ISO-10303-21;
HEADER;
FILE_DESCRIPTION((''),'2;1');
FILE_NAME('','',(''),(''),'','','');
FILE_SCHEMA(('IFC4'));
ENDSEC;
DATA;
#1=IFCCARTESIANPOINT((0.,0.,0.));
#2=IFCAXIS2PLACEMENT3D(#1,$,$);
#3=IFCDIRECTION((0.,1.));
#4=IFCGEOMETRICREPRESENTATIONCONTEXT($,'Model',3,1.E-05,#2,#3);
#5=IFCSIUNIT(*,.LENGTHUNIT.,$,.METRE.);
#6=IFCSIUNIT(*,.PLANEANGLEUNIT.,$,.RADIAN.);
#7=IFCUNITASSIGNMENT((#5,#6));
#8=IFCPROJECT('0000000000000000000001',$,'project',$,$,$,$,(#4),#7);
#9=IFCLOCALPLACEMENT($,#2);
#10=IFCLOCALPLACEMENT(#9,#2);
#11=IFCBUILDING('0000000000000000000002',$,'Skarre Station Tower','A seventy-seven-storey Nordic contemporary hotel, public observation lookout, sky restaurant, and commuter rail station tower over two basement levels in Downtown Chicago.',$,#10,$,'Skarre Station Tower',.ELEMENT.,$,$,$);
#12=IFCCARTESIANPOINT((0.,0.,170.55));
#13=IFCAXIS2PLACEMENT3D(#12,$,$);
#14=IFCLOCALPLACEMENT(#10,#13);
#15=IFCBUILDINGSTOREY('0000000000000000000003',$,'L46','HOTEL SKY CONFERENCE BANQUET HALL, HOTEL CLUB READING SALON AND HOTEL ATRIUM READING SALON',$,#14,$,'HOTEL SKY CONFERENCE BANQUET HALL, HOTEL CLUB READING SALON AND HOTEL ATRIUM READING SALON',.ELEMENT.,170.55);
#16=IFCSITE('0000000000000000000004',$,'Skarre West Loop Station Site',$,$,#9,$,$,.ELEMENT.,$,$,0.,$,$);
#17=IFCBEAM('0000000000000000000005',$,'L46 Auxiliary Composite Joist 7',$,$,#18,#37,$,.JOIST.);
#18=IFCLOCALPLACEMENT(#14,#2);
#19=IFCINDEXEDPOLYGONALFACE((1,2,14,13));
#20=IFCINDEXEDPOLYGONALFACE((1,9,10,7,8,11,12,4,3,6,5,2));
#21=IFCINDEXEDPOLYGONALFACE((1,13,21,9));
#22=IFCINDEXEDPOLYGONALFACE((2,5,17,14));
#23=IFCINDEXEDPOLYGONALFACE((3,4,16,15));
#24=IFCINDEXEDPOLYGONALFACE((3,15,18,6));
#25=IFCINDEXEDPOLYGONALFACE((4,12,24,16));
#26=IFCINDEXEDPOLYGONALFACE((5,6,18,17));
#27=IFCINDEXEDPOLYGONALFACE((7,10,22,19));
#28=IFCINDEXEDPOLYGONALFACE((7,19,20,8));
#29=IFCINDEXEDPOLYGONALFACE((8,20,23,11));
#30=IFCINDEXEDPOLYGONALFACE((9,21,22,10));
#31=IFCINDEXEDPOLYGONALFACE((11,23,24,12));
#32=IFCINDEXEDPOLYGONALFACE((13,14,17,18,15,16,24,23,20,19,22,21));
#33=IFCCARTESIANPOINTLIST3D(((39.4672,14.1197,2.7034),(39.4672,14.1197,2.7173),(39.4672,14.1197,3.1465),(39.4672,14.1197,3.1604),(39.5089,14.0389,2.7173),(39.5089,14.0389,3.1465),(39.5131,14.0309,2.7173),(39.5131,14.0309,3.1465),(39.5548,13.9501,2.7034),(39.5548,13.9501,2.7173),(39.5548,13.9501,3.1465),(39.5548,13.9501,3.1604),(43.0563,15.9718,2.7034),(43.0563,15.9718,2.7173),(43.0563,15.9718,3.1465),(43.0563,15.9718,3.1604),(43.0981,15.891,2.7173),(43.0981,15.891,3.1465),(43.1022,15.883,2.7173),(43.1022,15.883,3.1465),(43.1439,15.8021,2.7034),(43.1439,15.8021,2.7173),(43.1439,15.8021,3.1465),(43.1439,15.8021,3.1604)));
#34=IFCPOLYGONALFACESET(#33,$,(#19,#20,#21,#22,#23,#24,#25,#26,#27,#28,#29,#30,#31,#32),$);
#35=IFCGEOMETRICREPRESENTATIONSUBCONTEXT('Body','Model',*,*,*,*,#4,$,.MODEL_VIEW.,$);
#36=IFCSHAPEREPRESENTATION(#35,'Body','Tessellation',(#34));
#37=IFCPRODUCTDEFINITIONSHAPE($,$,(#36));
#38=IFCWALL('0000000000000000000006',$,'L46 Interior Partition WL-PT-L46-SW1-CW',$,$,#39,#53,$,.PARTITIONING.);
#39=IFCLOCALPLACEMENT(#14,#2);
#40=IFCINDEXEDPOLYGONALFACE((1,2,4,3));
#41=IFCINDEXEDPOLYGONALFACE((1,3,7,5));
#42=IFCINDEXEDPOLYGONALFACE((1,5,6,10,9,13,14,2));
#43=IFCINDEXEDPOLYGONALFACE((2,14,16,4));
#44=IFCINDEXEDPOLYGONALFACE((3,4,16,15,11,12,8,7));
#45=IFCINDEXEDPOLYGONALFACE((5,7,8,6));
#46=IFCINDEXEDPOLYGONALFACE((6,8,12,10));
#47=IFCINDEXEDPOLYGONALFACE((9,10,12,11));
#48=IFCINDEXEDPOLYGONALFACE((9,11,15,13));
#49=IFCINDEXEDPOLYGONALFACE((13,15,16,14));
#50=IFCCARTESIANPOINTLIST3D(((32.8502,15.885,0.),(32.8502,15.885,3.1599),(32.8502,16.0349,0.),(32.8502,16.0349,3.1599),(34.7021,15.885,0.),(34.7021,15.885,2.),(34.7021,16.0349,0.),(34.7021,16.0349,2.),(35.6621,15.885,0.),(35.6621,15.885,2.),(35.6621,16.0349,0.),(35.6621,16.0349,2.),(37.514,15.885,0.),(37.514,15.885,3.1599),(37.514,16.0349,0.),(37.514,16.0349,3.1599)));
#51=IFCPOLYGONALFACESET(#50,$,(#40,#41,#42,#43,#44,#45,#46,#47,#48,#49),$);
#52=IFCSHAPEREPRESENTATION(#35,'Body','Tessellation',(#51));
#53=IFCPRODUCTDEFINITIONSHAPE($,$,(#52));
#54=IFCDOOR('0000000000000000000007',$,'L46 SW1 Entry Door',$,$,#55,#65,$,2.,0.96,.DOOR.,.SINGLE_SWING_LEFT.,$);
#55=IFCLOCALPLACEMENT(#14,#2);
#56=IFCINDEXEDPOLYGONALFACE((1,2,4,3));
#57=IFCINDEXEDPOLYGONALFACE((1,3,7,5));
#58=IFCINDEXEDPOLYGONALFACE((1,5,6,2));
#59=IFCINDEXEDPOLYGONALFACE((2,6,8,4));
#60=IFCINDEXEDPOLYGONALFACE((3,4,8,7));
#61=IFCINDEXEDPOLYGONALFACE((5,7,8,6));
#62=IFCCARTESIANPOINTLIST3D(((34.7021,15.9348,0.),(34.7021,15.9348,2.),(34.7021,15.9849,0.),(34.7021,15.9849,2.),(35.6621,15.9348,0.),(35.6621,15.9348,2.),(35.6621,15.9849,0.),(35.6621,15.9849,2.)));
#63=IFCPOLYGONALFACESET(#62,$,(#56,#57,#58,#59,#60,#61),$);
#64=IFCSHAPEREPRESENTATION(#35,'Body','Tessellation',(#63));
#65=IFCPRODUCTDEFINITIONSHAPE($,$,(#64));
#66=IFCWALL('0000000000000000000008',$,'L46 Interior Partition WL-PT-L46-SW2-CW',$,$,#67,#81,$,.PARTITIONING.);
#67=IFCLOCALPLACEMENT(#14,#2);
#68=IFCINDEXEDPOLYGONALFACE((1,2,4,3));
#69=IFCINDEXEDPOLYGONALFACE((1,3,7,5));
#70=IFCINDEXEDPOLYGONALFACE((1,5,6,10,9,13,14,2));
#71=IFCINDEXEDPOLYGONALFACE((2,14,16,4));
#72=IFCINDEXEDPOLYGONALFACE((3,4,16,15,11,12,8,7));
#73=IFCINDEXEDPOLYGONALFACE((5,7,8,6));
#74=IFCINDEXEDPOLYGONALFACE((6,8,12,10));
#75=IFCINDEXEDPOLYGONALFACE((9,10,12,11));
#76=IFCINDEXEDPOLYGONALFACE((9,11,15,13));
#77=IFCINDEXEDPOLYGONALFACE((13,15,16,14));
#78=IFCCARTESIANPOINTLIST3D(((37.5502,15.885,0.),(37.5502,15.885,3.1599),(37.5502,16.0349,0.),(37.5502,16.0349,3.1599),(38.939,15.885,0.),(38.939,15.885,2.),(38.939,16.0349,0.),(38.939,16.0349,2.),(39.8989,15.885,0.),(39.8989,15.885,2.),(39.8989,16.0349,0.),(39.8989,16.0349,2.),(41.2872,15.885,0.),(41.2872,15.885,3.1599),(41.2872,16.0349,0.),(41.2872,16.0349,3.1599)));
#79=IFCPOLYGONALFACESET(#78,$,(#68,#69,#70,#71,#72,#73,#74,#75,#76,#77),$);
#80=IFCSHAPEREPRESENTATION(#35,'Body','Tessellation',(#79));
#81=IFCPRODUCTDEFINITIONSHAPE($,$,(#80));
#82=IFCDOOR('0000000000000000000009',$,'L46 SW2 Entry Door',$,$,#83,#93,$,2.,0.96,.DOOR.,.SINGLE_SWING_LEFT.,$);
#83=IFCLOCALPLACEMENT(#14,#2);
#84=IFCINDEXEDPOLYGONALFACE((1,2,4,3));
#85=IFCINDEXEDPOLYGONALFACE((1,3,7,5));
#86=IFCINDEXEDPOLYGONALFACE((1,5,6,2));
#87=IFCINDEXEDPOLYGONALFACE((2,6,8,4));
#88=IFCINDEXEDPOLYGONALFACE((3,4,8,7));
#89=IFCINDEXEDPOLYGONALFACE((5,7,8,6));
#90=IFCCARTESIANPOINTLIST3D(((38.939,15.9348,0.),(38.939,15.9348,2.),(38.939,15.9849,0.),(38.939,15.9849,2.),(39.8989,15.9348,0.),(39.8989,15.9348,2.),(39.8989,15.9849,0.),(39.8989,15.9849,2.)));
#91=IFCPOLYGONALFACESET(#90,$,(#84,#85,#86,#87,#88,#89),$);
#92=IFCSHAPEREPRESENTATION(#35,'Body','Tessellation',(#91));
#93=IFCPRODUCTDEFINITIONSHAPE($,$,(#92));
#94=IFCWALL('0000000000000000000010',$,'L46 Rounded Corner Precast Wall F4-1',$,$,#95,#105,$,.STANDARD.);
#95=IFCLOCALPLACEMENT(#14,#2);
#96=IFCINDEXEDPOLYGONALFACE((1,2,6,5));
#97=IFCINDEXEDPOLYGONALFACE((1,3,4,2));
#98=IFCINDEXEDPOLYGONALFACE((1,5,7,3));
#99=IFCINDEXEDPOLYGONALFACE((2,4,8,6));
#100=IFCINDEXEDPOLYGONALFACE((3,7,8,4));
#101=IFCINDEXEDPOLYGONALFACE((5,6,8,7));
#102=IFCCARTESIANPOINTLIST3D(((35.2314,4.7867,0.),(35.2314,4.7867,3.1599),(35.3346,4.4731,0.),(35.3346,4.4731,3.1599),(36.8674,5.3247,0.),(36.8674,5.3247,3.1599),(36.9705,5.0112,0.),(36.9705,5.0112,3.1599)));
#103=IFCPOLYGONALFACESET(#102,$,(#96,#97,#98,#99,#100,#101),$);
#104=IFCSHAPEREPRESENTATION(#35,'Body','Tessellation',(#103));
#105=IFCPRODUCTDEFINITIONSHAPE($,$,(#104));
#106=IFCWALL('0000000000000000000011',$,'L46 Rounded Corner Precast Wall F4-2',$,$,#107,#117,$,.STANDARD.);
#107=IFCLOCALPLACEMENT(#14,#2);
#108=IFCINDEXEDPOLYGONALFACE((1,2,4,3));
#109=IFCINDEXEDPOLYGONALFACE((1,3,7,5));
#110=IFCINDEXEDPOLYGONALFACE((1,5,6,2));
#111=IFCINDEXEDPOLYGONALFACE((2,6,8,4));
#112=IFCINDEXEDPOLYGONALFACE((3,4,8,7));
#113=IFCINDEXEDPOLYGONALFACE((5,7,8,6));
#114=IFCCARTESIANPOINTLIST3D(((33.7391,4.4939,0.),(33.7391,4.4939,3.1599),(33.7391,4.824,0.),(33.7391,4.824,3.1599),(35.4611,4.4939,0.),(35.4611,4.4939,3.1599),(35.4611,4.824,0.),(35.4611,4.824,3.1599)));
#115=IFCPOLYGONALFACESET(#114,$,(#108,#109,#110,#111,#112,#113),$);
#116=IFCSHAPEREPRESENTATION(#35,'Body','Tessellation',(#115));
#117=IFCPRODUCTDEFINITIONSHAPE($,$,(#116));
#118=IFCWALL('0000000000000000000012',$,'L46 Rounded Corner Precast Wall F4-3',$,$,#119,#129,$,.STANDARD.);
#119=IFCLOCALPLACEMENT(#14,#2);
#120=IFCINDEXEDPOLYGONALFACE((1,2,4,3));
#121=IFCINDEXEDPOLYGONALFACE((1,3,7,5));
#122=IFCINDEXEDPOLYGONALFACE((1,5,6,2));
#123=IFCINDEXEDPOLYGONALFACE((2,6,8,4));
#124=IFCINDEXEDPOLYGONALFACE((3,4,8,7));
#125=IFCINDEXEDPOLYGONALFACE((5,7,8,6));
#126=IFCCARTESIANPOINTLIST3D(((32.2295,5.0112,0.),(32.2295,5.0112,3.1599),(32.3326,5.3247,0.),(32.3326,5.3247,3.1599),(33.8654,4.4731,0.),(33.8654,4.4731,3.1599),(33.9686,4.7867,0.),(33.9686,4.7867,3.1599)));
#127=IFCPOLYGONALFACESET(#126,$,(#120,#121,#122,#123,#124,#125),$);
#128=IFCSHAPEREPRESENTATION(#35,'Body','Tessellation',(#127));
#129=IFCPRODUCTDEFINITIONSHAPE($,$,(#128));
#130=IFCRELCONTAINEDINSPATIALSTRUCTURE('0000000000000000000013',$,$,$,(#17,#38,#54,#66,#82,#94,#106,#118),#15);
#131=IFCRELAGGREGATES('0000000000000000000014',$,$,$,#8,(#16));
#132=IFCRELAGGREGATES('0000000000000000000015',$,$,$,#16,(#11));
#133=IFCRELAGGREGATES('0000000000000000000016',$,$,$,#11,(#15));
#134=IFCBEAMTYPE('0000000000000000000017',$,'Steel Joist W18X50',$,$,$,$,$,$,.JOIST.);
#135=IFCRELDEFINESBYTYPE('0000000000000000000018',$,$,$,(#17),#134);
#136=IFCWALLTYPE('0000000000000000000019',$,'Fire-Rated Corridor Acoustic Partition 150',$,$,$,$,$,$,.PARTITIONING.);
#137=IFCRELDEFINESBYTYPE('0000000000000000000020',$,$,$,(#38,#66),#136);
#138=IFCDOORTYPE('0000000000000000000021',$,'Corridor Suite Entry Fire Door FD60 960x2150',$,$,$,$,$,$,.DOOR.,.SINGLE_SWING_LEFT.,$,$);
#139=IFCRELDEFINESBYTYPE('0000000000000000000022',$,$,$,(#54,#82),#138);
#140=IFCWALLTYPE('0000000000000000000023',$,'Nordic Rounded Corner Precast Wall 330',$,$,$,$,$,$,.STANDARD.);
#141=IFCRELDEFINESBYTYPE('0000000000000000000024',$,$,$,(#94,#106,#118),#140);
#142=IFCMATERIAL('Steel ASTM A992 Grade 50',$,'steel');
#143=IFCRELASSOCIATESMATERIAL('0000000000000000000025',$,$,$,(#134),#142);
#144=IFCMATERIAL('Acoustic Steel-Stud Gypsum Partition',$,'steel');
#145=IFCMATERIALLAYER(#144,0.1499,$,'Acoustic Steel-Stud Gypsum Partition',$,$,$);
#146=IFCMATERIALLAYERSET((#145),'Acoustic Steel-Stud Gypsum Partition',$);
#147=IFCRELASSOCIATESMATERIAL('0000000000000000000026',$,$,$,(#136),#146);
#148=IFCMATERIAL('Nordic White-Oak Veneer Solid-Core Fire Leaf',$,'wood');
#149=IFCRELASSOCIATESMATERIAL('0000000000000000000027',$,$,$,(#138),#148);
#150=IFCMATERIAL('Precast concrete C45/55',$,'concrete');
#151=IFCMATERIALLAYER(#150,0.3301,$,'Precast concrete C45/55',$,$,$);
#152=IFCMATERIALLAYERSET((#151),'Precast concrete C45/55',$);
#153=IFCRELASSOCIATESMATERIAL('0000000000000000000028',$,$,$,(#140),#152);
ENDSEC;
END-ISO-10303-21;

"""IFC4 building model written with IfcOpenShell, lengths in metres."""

from ifc_helpers import new_model, si_unit, direction, frame, frame_2d, origin, origin_2d, place, context, subcontext, project, spatial, rectangle, i_section, extrude, material, layer, layer_set, material_profile, profile_set, type_object, element, fill, save


model = new_model("IFC4")

# Units and contexts
model_context = context("Model", 3, precision=1e-05, world=origin(), true_north=direction((0.0, 1.0)))
body_context = subcontext(model_context, "Body", "Model", "MODEL_VIEW")
ifc_project = project(units=[si_unit("LENGTHUNIT", "METRE"), si_unit("PLANEANGLEUNIT", "RADIAN")], contexts=[model_context])

# Site, building, storey
site_placement = place(None, origin())
site = spatial("IfcSite", under=ifc_project, at=site_placement, Name="Skarre West Loop Station Site", CompositionType="ELEMENT", RefElevation=0.0)
building_placement = place(site_placement, origin())
building = spatial("IfcBuilding", under=site, at=building_placement, Name="Skarre Station Tower", Description="A seventy-seven-storey Nordic contemporary hotel, public observation lookout, sky restaurant, and commuter rail station tower over two basement levels in Downtown Chicago.", LongName="Skarre Station Tower", CompositionType="ELEMENT")
storey_placement = place(building_placement, frame((0.0, 0.0, 170.55)))
storey = spatial("IfcBuildingStorey", under=building, at=storey_placement, Name="L46", Description="HOTEL SKY CONFERENCE BANQUET HALL, HOTEL CLUB READING SALON AND HOTEL ATRIUM READING SALON", LongName="HOTEL SKY CONFERENCE BANQUET HALL, HOTEL CLUB READING SALON AND HOTEL ATRIUM READING SALON", CompositionType="ELEMENT", Elevation=170.55)

# Beam
ifc_material_1 = material(Name="Steel ASTM A992 Grade 50", Category="steel")
ifc_material_profile = material_profile(ifc_material_1, i_section(OverallWidth=0.1909, OverallDepth=0.457, WebThickness=0.009, FlangeThickness=0.0139, at=origin_2d()), Name="Steel ASTM A992 Grade 50")
ifc_profile_set = profile_set([ifc_material_profile], Name="Steel ASTM A992 Grade 50")
beam_type = type_object("IfcBeamType", Name="Steel Joist W18X50", PredefinedType="JOIST", material=ifc_profile_set)
beam_placement = place(storey_placement, frame((39.511, 14.0349, 2.9319), z_axis=(0.88866, 0.458566, 0.0), x_axis=(-0.458566, 0.88866, 0.0)))
element("IfcBeam", 1, at=beam_placement, inside=storey, type_object=beam_type, Name="L46 Auxiliary Composite Joist 7", PredefinedType="JOIST", context=body_context, shape_type="SweptSolid", body=[
    extrude(i_section(OverallWidth=0.1909, OverallDepth=0.457, WebThickness=0.009, FlangeThickness=0.0139, at=origin_2d()), origin(), (0.0, 0.0, 1.0), 4.0388),
])

# Walls, openings, doors
ifc_material_2 = material(Name="Acoustic Steel-Stud Gypsum Partition", Category="steel")
ifc_layer_1 = layer(ifc_material_2, 0.1499, Name="Acoustic Steel-Stud Gypsum Partition")
ifc_layer_set_1 = layer_set([ifc_layer_1], Name="Acoustic Steel-Stud Gypsum Partition")
wall_type_1 = type_object("IfcWallType", Name="Fire-Rated Corridor Acoustic Partition 150", PredefinedType="PARTITIONING", material=ifc_layer_set_1)
wall_1_placement = place(storey_placement, frame((32.8501, 15.96, 0.0), z_axis=(0.0, 0.0, 1.0), x_axis=(1.0, 0.0, 0.0)))
wall_1 = element("IfcWall", 2, at=wall_1_placement, inside=storey, type_object=wall_type_1, Name="L46 Interior Partition WL-PT-L46-SW1-CW", PredefinedType="PARTITIONING", context=body_context, shape_type="SweptSolid", body=[
    extrude(rectangle(XDim=4.6638, YDim=0.1499, at=frame_2d((2.332, 0.0))), origin(), (0.0, 0.0, 1.0), 3.1599),
])
opening_1_placement = place(wall_1_placement, frame((1.8521, 0.0, 0.0)))
opening_1 = element("IfcOpeningElement", 3, at=opening_1_placement, cuts=wall_1, PredefinedType="OPENING", context=body_context, shape_type="SweptSolid", body=[
    extrude(rectangle(XDim=0.96, YDim=2.0, at=frame_2d((0.48, 1.0))), frame((0.0, 0.085, 0.0), z_axis=(0.0, -1.0, 0.0), x_axis=(1.0, 0.0, 0.0)), (0.0, 0.0, 1.0), 0.1699),
])
ifc_material_3 = material(Name="Nordic White-Oak Veneer Solid-Core Fire Leaf", Category="wood")
door_type_1 = type_object("IfcDoorType", Name="Corridor Suite Entry Fire Door FD60 960x2150", OperationType="SINGLE_SWING_LEFT", PredefinedType="DOOR", material=ifc_material_3)
door_1_placement = place(opening_1_placement, origin())
door_1 = element("IfcDoor", 4, at=door_1_placement, inside=storey, type_object=door_type_1, Name="L46 SW1 Entry Door", OperationType="SINGLE_SWING_LEFT", OverallHeight=2.0, OverallWidth=0.96, PredefinedType="DOOR", context=body_context, shape_type="SweptSolid", body=[
    extrude(rectangle(XDim=0.96, YDim=2.0, at=frame_2d((0.48, 1.0))), frame((0.0, 0.0249, 0.0), z_axis=(0.0, -1.0, 0.0), x_axis=(1.0, 0.0, 0.0)), (0.0, 0.0, 1.0), 0.05),
])
fill(opening_1, door_1)
wall_2_placement = place(storey_placement, frame((37.55, 15.96, 0.0), z_axis=(0.0, 0.0, 1.0), x_axis=(1.0, 0.0, 0.0)))
wall_2 = element("IfcWall", 5, at=wall_2_placement, inside=storey, type_object=wall_type_1, Name="L46 Interior Partition WL-PT-L46-SW2-CW", PredefinedType="PARTITIONING", context=body_context, shape_type="SweptSolid", body=[
    extrude(rectangle(XDim=3.7371, YDim=0.1499, at=frame_2d((1.8687, 0.0))), origin(), (0.0, 0.0, 1.0), 3.1599),
])
opening_2_placement = place(wall_2_placement, frame((1.3889, 0.0, 0.0)))
opening_2 = element("IfcOpeningElement", 6, at=opening_2_placement, cuts=wall_2, PredefinedType="OPENING", context=body_context, shape_type="SweptSolid", body=[
    extrude(rectangle(XDim=0.96, YDim=2.0, at=frame_2d((0.48, 1.0))), frame((0.0, 0.085, 0.0), z_axis=(0.0, -1.0, 0.0), x_axis=(1.0, 0.0, 0.0)), (0.0, 0.0, 1.0), 0.1699),
])
door_2_placement = place(opening_2_placement, origin())
door_2 = element("IfcDoor", 7, at=door_2_placement, inside=storey, type_object=door_type_1, Name="L46 SW2 Entry Door", OperationType="SINGLE_SWING_LEFT", OverallHeight=2.0, OverallWidth=0.96, PredefinedType="DOOR", context=body_context, shape_type="SweptSolid", body=[
    extrude(rectangle(XDim=0.96, YDim=2.0, at=frame_2d((0.48, 1.0))), frame((0.0, 0.0249, 0.0), z_axis=(0.0, -1.0, 0.0), x_axis=(1.0, 0.0, 0.0)), (0.0, 0.0, 1.0), 0.05),
])
fill(opening_2, door_2)

# Walls
ifc_material_4 = material(Name="Precast concrete C45/55", Category="concrete")
ifc_layer_2 = layer(ifc_material_4, 0.3301, Name="Precast concrete C45/55")
ifc_layer_set_2 = layer_set([ifc_layer_2], Name="Precast concrete C45/55")
wall_type_2 = type_object("IfcWallType", Name="Nordic Rounded Corner Precast Wall 330", PredefinedType="STANDARD", material=ifc_layer_set_2)
wall_3_placement = place(storey_placement, frame((36.9189, 5.168, 0.0), z_axis=(0.0, 0.0, 1.0), x_axis=(-0.949937, -0.31244, 0.0)))
element("IfcWall", 8, at=wall_3_placement, inside=storey, type_object=wall_type_2, Name="L46 Rounded Corner Precast Wall F4-1", PredefinedType="STANDARD", context=body_context, shape_type="SweptSolid", body=[
    extrude(rectangle(XDim=1.7222, YDim=0.3301, at=frame_2d((0.8611, 0.0))), origin(), (0.0, 0.0, 1.0), 3.1599),
])
wall_4_placement = place(storey_placement, frame((35.4609, 4.6589, 0.0), z_axis=(0.0, 0.0, 1.0), x_axis=(-1.0, 0.0, 0.0)))
element("IfcWall", 9, at=wall_4_placement, inside=storey, type_object=wall_type_2, Name="L46 Rounded Corner Precast Wall F4-2", PredefinedType="STANDARD", context=body_context, shape_type="SweptSolid", body=[
    extrude(rectangle(XDim=1.7219, YDim=0.3301, at=frame_2d((0.8608, 0.0))), origin(), (0.0, 0.0, 1.0), 3.1599),
])
wall_5_placement = place(storey_placement, frame((33.917, 4.6299, 0.0), z_axis=(0.0, 0.0, 1.0), x_axis=(-0.949937, 0.31244, 0.0)))
element("IfcWall", 10, at=wall_5_placement, inside=storey, type_object=wall_type_2, Name="L46 Rounded Corner Precast Wall F4-3", PredefinedType="STANDARD", context=body_context, shape_type="SweptSolid", body=[
    extrude(rectangle(XDim=1.7222, YDim=0.3301, at=frame_2d((0.8611, 0.0))), origin(), (0.0, 0.0, 1.0), 3.1599),
])

save(model, "model.ifc")
